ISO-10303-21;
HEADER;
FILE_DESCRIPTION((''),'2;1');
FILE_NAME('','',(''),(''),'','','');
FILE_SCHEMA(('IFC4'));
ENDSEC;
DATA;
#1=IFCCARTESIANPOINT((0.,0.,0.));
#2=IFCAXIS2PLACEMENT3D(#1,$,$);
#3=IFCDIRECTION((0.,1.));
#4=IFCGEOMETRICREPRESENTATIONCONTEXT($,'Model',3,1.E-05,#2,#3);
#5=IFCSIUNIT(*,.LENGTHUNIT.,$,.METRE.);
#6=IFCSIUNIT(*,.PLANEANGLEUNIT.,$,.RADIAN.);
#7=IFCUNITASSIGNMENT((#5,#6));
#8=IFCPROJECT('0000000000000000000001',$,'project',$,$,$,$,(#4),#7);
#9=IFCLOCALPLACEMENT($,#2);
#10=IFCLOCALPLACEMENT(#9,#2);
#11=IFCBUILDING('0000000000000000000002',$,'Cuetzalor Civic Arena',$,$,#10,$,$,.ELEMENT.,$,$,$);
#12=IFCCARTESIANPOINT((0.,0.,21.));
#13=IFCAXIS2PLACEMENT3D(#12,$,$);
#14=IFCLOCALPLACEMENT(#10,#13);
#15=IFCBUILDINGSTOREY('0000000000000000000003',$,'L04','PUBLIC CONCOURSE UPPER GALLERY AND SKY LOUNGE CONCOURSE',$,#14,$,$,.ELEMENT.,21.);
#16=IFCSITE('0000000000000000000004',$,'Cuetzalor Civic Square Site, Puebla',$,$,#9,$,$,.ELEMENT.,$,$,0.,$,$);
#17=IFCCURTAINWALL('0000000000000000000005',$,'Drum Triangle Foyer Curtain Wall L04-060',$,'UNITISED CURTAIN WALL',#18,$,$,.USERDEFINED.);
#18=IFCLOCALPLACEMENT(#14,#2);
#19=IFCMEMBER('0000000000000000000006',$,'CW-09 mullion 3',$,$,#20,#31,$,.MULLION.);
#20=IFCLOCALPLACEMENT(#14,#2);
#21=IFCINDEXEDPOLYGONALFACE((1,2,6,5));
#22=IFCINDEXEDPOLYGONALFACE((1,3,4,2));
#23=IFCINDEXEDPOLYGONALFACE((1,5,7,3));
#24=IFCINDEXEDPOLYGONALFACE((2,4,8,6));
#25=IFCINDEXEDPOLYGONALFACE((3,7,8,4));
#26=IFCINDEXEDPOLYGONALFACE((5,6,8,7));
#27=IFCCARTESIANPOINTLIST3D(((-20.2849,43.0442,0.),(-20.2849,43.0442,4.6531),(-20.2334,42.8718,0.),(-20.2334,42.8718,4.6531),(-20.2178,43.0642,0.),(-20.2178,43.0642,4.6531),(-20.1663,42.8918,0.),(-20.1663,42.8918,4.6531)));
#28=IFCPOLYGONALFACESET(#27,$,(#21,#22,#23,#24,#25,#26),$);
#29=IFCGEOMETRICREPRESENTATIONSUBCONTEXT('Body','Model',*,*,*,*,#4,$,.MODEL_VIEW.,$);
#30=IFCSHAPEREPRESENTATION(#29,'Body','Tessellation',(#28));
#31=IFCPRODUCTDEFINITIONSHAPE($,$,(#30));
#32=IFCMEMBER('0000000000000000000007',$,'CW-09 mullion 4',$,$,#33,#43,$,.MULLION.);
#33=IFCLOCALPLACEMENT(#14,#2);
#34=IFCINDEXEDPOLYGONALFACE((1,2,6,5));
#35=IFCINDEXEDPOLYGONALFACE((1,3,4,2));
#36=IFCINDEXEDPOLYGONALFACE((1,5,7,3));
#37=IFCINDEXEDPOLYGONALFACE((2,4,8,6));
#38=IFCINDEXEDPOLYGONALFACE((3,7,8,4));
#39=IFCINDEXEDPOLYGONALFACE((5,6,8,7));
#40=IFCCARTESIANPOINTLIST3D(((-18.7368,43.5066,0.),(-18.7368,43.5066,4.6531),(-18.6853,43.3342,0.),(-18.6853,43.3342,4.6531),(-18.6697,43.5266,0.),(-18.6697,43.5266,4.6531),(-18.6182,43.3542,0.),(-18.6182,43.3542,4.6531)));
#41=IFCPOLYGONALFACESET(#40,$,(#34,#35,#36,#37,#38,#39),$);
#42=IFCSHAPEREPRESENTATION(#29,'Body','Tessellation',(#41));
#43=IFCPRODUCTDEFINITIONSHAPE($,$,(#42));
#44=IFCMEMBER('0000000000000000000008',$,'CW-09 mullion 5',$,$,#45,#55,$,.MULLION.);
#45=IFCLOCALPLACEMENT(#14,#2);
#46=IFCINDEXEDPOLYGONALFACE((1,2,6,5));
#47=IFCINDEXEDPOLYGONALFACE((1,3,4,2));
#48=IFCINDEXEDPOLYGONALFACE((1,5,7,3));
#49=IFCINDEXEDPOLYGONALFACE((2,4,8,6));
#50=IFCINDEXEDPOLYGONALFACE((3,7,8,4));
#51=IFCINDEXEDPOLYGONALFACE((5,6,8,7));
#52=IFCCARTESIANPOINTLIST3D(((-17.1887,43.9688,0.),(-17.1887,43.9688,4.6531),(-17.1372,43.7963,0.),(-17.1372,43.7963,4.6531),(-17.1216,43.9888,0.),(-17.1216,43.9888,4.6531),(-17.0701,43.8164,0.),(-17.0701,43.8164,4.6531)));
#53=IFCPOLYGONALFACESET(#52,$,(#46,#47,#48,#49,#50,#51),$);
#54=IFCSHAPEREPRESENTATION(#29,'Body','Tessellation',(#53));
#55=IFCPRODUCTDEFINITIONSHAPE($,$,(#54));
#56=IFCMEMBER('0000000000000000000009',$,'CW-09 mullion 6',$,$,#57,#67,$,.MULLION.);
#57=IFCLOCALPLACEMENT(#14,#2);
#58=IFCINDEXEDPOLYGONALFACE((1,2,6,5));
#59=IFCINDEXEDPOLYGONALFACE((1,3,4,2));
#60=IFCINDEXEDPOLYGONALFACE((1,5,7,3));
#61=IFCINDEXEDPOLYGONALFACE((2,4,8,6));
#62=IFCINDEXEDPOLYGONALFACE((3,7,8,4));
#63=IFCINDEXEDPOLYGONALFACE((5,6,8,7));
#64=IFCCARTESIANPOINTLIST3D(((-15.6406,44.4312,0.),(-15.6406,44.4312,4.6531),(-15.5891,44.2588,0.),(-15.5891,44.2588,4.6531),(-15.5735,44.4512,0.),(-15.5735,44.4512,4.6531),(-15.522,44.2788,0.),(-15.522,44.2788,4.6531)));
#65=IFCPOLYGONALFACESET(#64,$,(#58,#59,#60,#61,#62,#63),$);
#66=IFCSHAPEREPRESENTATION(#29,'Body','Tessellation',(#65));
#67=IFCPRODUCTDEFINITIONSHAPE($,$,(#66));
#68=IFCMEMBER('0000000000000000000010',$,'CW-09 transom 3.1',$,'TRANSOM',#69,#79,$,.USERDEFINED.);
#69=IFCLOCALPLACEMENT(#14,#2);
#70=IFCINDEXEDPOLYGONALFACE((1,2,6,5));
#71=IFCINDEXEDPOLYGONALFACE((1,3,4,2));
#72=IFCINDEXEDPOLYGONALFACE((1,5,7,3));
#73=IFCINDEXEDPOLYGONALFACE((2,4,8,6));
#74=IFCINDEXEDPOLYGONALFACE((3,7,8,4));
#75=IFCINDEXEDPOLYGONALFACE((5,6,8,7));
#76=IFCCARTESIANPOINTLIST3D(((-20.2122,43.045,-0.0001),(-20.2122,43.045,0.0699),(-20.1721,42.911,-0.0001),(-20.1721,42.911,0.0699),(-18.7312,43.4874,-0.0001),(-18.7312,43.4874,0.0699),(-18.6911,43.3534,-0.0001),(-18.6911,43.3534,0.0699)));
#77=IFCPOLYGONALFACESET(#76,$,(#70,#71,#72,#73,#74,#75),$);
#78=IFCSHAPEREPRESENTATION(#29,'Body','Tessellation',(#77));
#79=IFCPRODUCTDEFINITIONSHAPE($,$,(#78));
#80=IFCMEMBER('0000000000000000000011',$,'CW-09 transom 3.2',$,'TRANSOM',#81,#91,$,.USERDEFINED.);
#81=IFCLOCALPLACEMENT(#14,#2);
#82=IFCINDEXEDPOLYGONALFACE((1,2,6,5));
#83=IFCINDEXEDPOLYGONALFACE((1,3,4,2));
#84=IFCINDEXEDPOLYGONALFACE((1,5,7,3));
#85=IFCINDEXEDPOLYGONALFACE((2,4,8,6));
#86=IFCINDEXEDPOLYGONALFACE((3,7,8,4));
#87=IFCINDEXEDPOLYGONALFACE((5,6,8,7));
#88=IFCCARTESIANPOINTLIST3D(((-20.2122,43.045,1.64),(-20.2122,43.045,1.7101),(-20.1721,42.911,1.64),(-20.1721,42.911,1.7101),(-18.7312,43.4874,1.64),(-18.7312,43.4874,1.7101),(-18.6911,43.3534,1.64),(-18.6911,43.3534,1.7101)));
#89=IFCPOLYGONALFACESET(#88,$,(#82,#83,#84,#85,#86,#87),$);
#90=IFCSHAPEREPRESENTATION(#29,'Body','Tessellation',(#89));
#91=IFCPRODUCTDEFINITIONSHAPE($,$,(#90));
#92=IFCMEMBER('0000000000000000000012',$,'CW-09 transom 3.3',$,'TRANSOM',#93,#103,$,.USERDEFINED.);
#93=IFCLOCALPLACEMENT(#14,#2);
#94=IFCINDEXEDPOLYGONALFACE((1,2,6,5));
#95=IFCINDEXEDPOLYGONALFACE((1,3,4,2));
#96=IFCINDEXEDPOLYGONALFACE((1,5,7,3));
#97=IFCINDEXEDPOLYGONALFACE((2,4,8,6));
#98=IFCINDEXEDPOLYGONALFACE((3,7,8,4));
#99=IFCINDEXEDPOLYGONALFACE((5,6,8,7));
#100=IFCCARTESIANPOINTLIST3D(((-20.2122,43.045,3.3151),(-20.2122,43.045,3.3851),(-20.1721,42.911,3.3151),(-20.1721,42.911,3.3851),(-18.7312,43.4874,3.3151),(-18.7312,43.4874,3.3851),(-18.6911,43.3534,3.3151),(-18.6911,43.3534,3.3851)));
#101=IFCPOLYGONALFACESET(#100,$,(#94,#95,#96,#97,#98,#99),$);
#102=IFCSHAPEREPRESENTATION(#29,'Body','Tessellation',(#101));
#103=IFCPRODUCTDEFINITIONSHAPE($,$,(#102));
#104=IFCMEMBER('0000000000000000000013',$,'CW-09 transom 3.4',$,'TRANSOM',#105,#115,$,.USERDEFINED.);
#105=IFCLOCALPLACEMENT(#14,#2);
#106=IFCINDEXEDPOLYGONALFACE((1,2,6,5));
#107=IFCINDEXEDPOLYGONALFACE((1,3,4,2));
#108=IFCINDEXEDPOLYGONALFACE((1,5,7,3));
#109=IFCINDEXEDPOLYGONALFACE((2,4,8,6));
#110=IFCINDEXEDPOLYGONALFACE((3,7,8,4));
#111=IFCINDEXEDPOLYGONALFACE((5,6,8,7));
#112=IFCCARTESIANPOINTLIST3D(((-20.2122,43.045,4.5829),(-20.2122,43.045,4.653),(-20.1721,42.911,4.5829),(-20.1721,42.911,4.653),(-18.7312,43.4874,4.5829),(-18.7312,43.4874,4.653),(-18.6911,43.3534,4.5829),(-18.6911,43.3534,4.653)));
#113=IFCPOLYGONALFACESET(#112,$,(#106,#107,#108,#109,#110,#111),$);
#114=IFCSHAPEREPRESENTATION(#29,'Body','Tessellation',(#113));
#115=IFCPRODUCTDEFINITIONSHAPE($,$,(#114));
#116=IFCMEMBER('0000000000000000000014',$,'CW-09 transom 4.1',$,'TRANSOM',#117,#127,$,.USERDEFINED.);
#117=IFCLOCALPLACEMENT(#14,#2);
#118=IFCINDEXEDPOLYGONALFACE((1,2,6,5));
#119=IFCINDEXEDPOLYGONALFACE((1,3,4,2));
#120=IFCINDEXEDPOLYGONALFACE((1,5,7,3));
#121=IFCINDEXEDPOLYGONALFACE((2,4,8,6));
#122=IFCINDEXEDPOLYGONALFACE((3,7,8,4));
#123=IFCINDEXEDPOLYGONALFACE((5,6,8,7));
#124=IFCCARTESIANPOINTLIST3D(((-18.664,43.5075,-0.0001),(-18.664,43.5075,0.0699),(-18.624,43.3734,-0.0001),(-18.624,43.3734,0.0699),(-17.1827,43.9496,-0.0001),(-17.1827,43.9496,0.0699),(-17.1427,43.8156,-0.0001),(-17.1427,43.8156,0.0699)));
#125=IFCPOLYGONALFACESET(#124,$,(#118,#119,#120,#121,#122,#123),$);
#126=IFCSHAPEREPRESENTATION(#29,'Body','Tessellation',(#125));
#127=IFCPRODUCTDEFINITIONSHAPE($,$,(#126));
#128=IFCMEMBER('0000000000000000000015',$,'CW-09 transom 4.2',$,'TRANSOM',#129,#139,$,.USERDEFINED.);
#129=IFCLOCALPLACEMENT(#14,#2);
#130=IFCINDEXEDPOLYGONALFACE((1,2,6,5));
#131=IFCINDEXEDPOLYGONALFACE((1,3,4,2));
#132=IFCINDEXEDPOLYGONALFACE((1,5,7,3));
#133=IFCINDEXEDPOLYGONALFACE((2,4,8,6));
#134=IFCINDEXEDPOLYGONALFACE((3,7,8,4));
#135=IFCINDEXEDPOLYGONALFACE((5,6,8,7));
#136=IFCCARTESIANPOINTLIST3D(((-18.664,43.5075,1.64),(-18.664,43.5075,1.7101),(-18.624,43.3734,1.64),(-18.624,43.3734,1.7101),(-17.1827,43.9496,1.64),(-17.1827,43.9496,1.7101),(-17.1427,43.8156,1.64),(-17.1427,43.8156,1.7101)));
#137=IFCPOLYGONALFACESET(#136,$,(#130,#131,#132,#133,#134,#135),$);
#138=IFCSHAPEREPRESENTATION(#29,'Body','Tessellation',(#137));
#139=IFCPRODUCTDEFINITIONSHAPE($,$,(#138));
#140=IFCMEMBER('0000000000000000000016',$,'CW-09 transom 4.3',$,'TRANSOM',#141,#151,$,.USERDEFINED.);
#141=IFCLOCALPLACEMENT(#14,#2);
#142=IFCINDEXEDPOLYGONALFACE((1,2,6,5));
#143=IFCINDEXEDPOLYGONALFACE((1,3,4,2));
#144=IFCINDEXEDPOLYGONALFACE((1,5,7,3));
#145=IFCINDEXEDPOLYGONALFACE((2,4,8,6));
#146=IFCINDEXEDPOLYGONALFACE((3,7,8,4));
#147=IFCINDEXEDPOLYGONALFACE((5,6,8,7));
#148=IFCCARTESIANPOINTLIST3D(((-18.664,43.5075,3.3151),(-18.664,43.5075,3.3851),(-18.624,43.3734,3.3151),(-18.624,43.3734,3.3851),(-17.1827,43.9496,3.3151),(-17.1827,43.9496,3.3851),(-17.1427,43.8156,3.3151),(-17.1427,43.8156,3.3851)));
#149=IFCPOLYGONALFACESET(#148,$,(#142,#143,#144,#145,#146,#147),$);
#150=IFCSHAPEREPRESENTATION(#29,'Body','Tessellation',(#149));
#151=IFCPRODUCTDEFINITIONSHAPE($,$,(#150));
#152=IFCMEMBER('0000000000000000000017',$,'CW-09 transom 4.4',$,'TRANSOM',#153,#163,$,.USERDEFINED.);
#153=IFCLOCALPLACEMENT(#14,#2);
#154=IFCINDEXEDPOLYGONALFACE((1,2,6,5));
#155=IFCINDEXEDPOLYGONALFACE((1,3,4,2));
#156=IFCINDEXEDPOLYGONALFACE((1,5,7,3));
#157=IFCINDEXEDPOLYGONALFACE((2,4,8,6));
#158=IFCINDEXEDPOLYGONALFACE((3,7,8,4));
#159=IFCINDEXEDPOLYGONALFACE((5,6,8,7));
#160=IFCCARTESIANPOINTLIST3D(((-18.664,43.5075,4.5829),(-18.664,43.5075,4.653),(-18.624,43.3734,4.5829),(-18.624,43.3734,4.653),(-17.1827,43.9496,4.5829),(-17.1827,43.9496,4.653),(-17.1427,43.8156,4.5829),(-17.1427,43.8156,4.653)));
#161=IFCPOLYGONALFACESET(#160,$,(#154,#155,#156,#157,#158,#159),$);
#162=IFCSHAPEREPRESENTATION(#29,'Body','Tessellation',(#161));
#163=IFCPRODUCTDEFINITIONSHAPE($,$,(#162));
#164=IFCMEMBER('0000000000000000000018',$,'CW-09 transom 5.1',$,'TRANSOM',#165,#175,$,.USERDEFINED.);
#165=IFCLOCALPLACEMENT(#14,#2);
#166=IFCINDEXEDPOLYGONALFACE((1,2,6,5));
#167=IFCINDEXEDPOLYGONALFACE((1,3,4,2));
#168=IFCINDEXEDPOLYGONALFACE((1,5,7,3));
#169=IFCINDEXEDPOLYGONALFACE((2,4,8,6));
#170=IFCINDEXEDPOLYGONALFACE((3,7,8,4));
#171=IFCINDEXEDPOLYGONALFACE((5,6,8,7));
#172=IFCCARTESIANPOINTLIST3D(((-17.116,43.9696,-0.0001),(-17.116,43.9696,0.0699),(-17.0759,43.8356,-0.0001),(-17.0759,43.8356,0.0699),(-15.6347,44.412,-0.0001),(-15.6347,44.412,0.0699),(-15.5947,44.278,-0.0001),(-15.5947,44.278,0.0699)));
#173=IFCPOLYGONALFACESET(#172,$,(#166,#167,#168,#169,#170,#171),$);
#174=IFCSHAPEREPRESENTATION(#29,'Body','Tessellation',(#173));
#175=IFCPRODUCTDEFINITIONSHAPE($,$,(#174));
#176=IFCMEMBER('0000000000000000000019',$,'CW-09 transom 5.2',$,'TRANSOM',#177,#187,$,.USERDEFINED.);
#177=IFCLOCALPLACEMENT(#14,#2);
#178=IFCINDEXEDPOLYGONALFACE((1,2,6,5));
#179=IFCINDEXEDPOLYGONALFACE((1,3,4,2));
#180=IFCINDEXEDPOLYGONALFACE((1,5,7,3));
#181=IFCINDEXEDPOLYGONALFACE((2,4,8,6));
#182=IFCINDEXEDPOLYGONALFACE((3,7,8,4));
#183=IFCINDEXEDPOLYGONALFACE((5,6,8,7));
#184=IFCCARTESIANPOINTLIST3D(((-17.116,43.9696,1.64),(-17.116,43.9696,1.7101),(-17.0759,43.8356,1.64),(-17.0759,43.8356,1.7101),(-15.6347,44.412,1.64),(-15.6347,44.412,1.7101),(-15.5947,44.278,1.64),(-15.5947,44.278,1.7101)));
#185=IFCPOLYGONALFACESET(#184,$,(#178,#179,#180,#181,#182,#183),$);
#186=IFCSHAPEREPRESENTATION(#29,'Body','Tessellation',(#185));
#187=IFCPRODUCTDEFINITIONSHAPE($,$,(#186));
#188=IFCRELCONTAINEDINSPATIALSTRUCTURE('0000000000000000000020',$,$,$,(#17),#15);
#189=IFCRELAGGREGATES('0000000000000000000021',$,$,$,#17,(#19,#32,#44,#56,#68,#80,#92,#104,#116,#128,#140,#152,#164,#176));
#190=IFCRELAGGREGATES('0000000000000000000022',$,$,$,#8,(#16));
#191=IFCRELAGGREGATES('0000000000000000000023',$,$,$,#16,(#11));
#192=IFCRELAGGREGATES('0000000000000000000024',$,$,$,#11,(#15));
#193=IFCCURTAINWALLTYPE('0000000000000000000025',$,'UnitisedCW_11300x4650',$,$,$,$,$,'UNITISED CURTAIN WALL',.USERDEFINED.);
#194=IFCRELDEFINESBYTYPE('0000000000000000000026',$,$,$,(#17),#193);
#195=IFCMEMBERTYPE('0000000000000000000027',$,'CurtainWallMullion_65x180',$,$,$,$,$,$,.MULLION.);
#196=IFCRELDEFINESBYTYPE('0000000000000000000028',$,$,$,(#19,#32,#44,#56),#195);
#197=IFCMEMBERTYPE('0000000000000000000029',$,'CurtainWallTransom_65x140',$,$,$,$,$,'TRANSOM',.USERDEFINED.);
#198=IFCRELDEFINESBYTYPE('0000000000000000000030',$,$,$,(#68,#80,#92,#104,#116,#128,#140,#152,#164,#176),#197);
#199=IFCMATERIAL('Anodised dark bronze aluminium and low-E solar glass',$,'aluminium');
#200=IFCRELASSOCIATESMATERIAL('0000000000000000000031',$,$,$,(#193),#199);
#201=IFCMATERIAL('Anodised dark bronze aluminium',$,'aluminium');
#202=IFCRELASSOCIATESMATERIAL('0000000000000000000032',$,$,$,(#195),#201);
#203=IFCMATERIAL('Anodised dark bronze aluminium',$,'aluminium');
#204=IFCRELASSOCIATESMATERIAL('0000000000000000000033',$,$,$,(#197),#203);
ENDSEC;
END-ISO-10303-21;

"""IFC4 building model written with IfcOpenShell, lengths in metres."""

from ifc_helpers import new_model, si_unit, direction, frame, origin, origin_2d, place, context, subcontext, project, spatial, rectangle, extrude, material, material_profile, profile_set, type_object, element, aggregate, save


model = new_model("IFC4")

# Units and contexts
model_context = context("Model", 3, precision=1e-05, world=origin(), true_north=direction((0.0, 1.0)))
body_context = subcontext(model_context, "Body", "Model", "MODEL_VIEW")
ifc_project = project(units=[si_unit("LENGTHUNIT", "METRE"), si_unit("PLANEANGLEUNIT", "RADIAN")], contexts=[model_context])

# Site, building, storey
site_placement = place(None, origin())
site = spatial("IfcSite", under=ifc_project, at=site_placement, Name="Cuetzalor Civic Square Site, Puebla", CompositionType="ELEMENT", RefElevation=0.0)
building_placement = place(site_placement, origin())
building = spatial("IfcBuilding", under=site, at=building_placement, Name="Cuetzalor Civic Arena", CompositionType="ELEMENT")
storey_placement = place(building_placement, frame((0.0, 0.0, 21.0)))
storey = spatial("IfcBuildingStorey", under=building, at=storey_placement, Name="L04", Description="PUBLIC CONCOURSE UPPER GALLERY AND SKY LOUNGE CONCOURSE", CompositionType="ELEMENT", Elevation=21.0)

# Curtain wall, members
ifc_material_1 = material(Name="Anodised dark bronze aluminium and low-E solar glass", Category="aluminium")
curtain_wall_type = type_object("IfcCurtainWallType", Name="UnitisedCW_11300x4650", ElementType="UNITISED CURTAIN WALL", PredefinedType="USERDEFINED", material=ifc_material_1)
curtain_wall_placement = place(storey_placement, origin())
curtain_wall = element("IfcCurtainWall", 1, at=curtain_wall_placement, inside=storey, type_object=curtain_wall_type, Name="Drum Triangle Foyer Curtain Wall L04-060", ObjectType="UNITISED CURTAIN WALL", PredefinedType="USERDEFINED")
ifc_material_2 = material(Name="Anodised dark bronze aluminium", Category="aluminium")
ifc_material_profile_1 = material_profile(ifc_material_2, rectangle(XDim=0.0701, YDim=0.1799, at=origin_2d()), Name="ALU MULLION 70x180")
ifc_profile_set_1 = profile_set([ifc_material_profile_1], Name="Anodised dark bronze aluminium")
member_type_1 = type_object("IfcMemberType", Name="CurtainWallMullion_65x180", PredefinedType="MULLION", material=ifc_profile_set_1)
member_1_placement = place(storey_placement, frame((-20.2256, 42.968, 0.0), z_axis=(0.0, 0.0, 1.0), x_axis=(0.958194, 0.28612, 0.0)))
member_1 = element("IfcMember", 2, at=member_1_placement, type_object=member_type_1, Name="CW-09 mullion 3", PredefinedType="MULLION", context=body_context, shape_type="SweptSolid", body=[
    extrude(rectangle(XDim=0.0701, YDim=0.1799, at=origin_2d()), origin(), (0.0, 0.0, 1.0), 4.6531),
])
member_2_placement = place(storey_placement, frame((-18.6775, 43.4304, 0.0), z_axis=(0.0, 0.0, 1.0), x_axis=(0.958194, 0.28612, 0.0)))
member_2 = element("IfcMember", 3, at=member_2_placement, type_object=member_type_1, Name="CW-09 mullion 4", PredefinedType="MULLION", context=body_context, shape_type="SweptSolid", body=[
    extrude(rectangle(XDim=0.0701, YDim=0.1799, at=origin_2d()), origin(), (0.0, 0.0, 1.0), 4.6531),
])
member_3_placement = place(storey_placement, frame((-17.1294, 43.8926, 0.0), z_axis=(0.0, 0.0, 1.0), x_axis=(0.958194, 0.28612, 0.0)))
member_3 = element("IfcMember", 4, at=member_3_placement, type_object=member_type_1, Name="CW-09 mullion 5", PredefinedType="MULLION", context=body_context, shape_type="SweptSolid", body=[
    extrude(rectangle(XDim=0.0701, YDim=0.1799, at=origin_2d()), origin(), (0.0, 0.0, 1.0), 4.6531),
])
member_4_placement = place(storey_placement, frame((-15.5813, 44.355, 0.0), z_axis=(0.0, 0.0, 1.0), x_axis=(0.958194, 0.28612, 0.0)))
member_4 = element("IfcMember", 5, at=member_4_placement, type_object=member_type_1, Name="CW-09 mullion 6", PredefinedType="MULLION", context=body_context, shape_type="SweptSolid", body=[
    extrude(rectangle(XDim=0.0701, YDim=0.1799, at=origin_2d()), origin(), (0.0, 0.0, 1.0), 4.6531),
])
ifc_material_3 = material(Name="Anodised dark bronze aluminium", Category="aluminium")
ifc_material_profile_2 = material_profile(ifc_material_3, rectangle(XDim=0.1399, YDim=0.0701, at=origin_2d()), Name="ALU TRANSOM 70x140")
ifc_profile_set_2 = profile_set([ifc_material_profile_2], Name="Anodised dark bronze aluminium")
member_type_2 = type_object("IfcMemberType", Name="CurtainWallTransom_65x140", ElementType="TRANSOM", PredefinedType="USERDEFINED", material=ifc_profile_set_2)
member_5_placement = place(storey_placement, frame((-20.1921, 42.978, 0.0349), z_axis=(0.958165, 0.286217, 0.0), x_axis=(-0.286217, 0.958165, 0.0)))
member_5 = element("IfcMember", 6, at=member_5_placement, type_object=member_type_2, Name="CW-09 transom 3.1", ObjectType="TRANSOM", PredefinedType="USERDEFINED", context=body_context, shape_type="SweptSolid", body=[
    extrude(rectangle(XDim=0.1399, YDim=0.0701, at=origin_2d()), origin(), (0.0, 0.0, 1.0), 1.5457),
])
member_6_placement = place(storey_placement, frame((-20.1921, 42.978, 1.675), z_axis=(0.958165, 0.286217, 0.0), x_axis=(-0.286217, 0.958165, 0.0)))
member_6 = element("IfcMember", 7, at=member_6_placement, type_object=member_type_2, Name="CW-09 transom 3.2", ObjectType="TRANSOM", PredefinedType="USERDEFINED", context=body_context, shape_type="SweptSolid", body=[
    extrude(rectangle(XDim=0.1399, YDim=0.0701, at=origin_2d()), origin(), (0.0, 0.0, 1.0), 1.5457),
])
member_7_placement = place(storey_placement, frame((-20.1921, 42.978, 3.3501), z_axis=(0.958165, 0.286217, 0.0), x_axis=(-0.286217, 0.958165, 0.0)))
member_7 = element("IfcMember", 8, at=member_7_placement, type_object=member_type_2, Name="CW-09 transom 3.3", ObjectType="TRANSOM", PredefinedType="USERDEFINED", context=body_context, shape_type="SweptSolid", body=[
    extrude(rectangle(XDim=0.1399, YDim=0.0701, at=origin_2d()), origin(), (0.0, 0.0, 1.0), 1.5457),
])
member_8_placement = place(storey_placement, frame((-20.1921, 42.978, 4.6179), z_axis=(0.958165, 0.286217, 0.0), x_axis=(-0.286217, 0.958165, 0.0)))
member_8 = element("IfcMember", 9, at=member_8_placement, type_object=member_type_2, Name="CW-09 transom 3.4", ObjectType="TRANSOM", PredefinedType="USERDEFINED", context=body_context, shape_type="SweptSolid", body=[
    extrude(rectangle(XDim=0.1399, YDim=0.0701, at=origin_2d()), origin(), (0.0, 0.0, 1.0), 1.5457),
])
member_9_placement = place(storey_placement, frame((-18.644, 43.4404, 0.0349), z_axis=(0.958221, 0.286029, 0.0), x_axis=(-0.286029, 0.958221, 0.0)))
member_9 = element("IfcMember", 10, at=member_9_placement, type_object=member_type_2, Name="CW-09 transom 4.1", ObjectType="TRANSOM", PredefinedType="USERDEFINED", context=body_context, shape_type="SweptSolid", body=[
    extrude(rectangle(XDim=0.1399, YDim=0.0701, at=origin_2d()), origin(), (0.0, 0.0, 1.0), 1.5459),
])
member_10_placement = place(storey_placement, frame((-18.644, 43.4404, 1.675), z_axis=(0.958221, 0.286029, 0.0), x_axis=(-0.286029, 0.958221, 0.0)))
member_10 = element("IfcMember", 11, at=member_10_placement, type_object=member_type_2, Name="CW-09 transom 4.2", ObjectType="TRANSOM", PredefinedType="USERDEFINED", context=body_context, shape_type="SweptSolid", body=[
    extrude(rectangle(XDim=0.1399, YDim=0.0701, at=origin_2d()), origin(), (0.0, 0.0, 1.0), 1.5459),
])
member_11_placement = place(storey_placement, frame((-18.644, 43.4404, 3.3501), z_axis=(0.958221, 0.286029, 0.0), x_axis=(-0.286029, 0.958221, 0.0)))
member_11 = element("IfcMember", 12, at=member_11_placement, type_object=member_type_2, Name="CW-09 transom 4.3", ObjectType="TRANSOM", PredefinedType="USERDEFINED", context=body_context, shape_type="SweptSolid", body=[
    extrude(rectangle(XDim=0.1399, YDim=0.0701, at=origin_2d()), origin(), (0.0, 0.0, 1.0), 1.5459),
])
member_12_placement = place(storey_placement, frame((-18.644, 43.4404, 4.6179), z_axis=(0.958221, 0.286029, 0.0), x_axis=(-0.286029, 0.958221, 0.0)))
member_12 = element("IfcMember", 13, at=member_12_placement, type_object=member_type_2, Name="CW-09 transom 4.4", ObjectType="TRANSOM", PredefinedType="USERDEFINED", context=body_context, shape_type="SweptSolid", body=[
    extrude(rectangle(XDim=0.1399, YDim=0.0701, at=origin_2d()), origin(), (0.0, 0.0, 1.0), 1.5459),
])
member_13_placement = place(storey_placement, frame((-17.0959, 43.9026, 0.0349), z_axis=(0.958178, 0.286174, 0.0), x_axis=(-0.286174, 0.958178, 0.0)))
member_13 = element("IfcMember", 14, at=member_13_placement, type_object=member_type_2, Name="CW-09 transom 5.1", ObjectType="TRANSOM", PredefinedType="USERDEFINED", context=body_context, shape_type="SweptSolid", body=[
    extrude(rectangle(XDim=0.1399, YDim=0.0701, at=origin_2d()), origin(), (0.0, 0.0, 1.0), 1.5459),
])
member_14_placement = place(storey_placement, frame((-17.0959, 43.9026, 1.675), z_axis=(0.958178, 0.286174, 0.0), x_axis=(-0.286174, 0.958178, 0.0)))
member_14 = element("IfcMember", 15, at=member_14_placement, type_object=member_type_2, Name="CW-09 transom 5.2", ObjectType="TRANSOM", PredefinedType="USERDEFINED", context=body_context, shape_type="SweptSolid", body=[
    extrude(rectangle(XDim=0.1399, YDim=0.0701, at=origin_2d()), origin(), (0.0, 0.0, 1.0), 1.5459),
])
aggregate(curtain_wall, [member_1, member_2, member_3, member_4, member_5, member_6, member_7, member_8, member_9, member_10, member_11, member_12, member_13, member_14])

save(model, "model.ifc")
